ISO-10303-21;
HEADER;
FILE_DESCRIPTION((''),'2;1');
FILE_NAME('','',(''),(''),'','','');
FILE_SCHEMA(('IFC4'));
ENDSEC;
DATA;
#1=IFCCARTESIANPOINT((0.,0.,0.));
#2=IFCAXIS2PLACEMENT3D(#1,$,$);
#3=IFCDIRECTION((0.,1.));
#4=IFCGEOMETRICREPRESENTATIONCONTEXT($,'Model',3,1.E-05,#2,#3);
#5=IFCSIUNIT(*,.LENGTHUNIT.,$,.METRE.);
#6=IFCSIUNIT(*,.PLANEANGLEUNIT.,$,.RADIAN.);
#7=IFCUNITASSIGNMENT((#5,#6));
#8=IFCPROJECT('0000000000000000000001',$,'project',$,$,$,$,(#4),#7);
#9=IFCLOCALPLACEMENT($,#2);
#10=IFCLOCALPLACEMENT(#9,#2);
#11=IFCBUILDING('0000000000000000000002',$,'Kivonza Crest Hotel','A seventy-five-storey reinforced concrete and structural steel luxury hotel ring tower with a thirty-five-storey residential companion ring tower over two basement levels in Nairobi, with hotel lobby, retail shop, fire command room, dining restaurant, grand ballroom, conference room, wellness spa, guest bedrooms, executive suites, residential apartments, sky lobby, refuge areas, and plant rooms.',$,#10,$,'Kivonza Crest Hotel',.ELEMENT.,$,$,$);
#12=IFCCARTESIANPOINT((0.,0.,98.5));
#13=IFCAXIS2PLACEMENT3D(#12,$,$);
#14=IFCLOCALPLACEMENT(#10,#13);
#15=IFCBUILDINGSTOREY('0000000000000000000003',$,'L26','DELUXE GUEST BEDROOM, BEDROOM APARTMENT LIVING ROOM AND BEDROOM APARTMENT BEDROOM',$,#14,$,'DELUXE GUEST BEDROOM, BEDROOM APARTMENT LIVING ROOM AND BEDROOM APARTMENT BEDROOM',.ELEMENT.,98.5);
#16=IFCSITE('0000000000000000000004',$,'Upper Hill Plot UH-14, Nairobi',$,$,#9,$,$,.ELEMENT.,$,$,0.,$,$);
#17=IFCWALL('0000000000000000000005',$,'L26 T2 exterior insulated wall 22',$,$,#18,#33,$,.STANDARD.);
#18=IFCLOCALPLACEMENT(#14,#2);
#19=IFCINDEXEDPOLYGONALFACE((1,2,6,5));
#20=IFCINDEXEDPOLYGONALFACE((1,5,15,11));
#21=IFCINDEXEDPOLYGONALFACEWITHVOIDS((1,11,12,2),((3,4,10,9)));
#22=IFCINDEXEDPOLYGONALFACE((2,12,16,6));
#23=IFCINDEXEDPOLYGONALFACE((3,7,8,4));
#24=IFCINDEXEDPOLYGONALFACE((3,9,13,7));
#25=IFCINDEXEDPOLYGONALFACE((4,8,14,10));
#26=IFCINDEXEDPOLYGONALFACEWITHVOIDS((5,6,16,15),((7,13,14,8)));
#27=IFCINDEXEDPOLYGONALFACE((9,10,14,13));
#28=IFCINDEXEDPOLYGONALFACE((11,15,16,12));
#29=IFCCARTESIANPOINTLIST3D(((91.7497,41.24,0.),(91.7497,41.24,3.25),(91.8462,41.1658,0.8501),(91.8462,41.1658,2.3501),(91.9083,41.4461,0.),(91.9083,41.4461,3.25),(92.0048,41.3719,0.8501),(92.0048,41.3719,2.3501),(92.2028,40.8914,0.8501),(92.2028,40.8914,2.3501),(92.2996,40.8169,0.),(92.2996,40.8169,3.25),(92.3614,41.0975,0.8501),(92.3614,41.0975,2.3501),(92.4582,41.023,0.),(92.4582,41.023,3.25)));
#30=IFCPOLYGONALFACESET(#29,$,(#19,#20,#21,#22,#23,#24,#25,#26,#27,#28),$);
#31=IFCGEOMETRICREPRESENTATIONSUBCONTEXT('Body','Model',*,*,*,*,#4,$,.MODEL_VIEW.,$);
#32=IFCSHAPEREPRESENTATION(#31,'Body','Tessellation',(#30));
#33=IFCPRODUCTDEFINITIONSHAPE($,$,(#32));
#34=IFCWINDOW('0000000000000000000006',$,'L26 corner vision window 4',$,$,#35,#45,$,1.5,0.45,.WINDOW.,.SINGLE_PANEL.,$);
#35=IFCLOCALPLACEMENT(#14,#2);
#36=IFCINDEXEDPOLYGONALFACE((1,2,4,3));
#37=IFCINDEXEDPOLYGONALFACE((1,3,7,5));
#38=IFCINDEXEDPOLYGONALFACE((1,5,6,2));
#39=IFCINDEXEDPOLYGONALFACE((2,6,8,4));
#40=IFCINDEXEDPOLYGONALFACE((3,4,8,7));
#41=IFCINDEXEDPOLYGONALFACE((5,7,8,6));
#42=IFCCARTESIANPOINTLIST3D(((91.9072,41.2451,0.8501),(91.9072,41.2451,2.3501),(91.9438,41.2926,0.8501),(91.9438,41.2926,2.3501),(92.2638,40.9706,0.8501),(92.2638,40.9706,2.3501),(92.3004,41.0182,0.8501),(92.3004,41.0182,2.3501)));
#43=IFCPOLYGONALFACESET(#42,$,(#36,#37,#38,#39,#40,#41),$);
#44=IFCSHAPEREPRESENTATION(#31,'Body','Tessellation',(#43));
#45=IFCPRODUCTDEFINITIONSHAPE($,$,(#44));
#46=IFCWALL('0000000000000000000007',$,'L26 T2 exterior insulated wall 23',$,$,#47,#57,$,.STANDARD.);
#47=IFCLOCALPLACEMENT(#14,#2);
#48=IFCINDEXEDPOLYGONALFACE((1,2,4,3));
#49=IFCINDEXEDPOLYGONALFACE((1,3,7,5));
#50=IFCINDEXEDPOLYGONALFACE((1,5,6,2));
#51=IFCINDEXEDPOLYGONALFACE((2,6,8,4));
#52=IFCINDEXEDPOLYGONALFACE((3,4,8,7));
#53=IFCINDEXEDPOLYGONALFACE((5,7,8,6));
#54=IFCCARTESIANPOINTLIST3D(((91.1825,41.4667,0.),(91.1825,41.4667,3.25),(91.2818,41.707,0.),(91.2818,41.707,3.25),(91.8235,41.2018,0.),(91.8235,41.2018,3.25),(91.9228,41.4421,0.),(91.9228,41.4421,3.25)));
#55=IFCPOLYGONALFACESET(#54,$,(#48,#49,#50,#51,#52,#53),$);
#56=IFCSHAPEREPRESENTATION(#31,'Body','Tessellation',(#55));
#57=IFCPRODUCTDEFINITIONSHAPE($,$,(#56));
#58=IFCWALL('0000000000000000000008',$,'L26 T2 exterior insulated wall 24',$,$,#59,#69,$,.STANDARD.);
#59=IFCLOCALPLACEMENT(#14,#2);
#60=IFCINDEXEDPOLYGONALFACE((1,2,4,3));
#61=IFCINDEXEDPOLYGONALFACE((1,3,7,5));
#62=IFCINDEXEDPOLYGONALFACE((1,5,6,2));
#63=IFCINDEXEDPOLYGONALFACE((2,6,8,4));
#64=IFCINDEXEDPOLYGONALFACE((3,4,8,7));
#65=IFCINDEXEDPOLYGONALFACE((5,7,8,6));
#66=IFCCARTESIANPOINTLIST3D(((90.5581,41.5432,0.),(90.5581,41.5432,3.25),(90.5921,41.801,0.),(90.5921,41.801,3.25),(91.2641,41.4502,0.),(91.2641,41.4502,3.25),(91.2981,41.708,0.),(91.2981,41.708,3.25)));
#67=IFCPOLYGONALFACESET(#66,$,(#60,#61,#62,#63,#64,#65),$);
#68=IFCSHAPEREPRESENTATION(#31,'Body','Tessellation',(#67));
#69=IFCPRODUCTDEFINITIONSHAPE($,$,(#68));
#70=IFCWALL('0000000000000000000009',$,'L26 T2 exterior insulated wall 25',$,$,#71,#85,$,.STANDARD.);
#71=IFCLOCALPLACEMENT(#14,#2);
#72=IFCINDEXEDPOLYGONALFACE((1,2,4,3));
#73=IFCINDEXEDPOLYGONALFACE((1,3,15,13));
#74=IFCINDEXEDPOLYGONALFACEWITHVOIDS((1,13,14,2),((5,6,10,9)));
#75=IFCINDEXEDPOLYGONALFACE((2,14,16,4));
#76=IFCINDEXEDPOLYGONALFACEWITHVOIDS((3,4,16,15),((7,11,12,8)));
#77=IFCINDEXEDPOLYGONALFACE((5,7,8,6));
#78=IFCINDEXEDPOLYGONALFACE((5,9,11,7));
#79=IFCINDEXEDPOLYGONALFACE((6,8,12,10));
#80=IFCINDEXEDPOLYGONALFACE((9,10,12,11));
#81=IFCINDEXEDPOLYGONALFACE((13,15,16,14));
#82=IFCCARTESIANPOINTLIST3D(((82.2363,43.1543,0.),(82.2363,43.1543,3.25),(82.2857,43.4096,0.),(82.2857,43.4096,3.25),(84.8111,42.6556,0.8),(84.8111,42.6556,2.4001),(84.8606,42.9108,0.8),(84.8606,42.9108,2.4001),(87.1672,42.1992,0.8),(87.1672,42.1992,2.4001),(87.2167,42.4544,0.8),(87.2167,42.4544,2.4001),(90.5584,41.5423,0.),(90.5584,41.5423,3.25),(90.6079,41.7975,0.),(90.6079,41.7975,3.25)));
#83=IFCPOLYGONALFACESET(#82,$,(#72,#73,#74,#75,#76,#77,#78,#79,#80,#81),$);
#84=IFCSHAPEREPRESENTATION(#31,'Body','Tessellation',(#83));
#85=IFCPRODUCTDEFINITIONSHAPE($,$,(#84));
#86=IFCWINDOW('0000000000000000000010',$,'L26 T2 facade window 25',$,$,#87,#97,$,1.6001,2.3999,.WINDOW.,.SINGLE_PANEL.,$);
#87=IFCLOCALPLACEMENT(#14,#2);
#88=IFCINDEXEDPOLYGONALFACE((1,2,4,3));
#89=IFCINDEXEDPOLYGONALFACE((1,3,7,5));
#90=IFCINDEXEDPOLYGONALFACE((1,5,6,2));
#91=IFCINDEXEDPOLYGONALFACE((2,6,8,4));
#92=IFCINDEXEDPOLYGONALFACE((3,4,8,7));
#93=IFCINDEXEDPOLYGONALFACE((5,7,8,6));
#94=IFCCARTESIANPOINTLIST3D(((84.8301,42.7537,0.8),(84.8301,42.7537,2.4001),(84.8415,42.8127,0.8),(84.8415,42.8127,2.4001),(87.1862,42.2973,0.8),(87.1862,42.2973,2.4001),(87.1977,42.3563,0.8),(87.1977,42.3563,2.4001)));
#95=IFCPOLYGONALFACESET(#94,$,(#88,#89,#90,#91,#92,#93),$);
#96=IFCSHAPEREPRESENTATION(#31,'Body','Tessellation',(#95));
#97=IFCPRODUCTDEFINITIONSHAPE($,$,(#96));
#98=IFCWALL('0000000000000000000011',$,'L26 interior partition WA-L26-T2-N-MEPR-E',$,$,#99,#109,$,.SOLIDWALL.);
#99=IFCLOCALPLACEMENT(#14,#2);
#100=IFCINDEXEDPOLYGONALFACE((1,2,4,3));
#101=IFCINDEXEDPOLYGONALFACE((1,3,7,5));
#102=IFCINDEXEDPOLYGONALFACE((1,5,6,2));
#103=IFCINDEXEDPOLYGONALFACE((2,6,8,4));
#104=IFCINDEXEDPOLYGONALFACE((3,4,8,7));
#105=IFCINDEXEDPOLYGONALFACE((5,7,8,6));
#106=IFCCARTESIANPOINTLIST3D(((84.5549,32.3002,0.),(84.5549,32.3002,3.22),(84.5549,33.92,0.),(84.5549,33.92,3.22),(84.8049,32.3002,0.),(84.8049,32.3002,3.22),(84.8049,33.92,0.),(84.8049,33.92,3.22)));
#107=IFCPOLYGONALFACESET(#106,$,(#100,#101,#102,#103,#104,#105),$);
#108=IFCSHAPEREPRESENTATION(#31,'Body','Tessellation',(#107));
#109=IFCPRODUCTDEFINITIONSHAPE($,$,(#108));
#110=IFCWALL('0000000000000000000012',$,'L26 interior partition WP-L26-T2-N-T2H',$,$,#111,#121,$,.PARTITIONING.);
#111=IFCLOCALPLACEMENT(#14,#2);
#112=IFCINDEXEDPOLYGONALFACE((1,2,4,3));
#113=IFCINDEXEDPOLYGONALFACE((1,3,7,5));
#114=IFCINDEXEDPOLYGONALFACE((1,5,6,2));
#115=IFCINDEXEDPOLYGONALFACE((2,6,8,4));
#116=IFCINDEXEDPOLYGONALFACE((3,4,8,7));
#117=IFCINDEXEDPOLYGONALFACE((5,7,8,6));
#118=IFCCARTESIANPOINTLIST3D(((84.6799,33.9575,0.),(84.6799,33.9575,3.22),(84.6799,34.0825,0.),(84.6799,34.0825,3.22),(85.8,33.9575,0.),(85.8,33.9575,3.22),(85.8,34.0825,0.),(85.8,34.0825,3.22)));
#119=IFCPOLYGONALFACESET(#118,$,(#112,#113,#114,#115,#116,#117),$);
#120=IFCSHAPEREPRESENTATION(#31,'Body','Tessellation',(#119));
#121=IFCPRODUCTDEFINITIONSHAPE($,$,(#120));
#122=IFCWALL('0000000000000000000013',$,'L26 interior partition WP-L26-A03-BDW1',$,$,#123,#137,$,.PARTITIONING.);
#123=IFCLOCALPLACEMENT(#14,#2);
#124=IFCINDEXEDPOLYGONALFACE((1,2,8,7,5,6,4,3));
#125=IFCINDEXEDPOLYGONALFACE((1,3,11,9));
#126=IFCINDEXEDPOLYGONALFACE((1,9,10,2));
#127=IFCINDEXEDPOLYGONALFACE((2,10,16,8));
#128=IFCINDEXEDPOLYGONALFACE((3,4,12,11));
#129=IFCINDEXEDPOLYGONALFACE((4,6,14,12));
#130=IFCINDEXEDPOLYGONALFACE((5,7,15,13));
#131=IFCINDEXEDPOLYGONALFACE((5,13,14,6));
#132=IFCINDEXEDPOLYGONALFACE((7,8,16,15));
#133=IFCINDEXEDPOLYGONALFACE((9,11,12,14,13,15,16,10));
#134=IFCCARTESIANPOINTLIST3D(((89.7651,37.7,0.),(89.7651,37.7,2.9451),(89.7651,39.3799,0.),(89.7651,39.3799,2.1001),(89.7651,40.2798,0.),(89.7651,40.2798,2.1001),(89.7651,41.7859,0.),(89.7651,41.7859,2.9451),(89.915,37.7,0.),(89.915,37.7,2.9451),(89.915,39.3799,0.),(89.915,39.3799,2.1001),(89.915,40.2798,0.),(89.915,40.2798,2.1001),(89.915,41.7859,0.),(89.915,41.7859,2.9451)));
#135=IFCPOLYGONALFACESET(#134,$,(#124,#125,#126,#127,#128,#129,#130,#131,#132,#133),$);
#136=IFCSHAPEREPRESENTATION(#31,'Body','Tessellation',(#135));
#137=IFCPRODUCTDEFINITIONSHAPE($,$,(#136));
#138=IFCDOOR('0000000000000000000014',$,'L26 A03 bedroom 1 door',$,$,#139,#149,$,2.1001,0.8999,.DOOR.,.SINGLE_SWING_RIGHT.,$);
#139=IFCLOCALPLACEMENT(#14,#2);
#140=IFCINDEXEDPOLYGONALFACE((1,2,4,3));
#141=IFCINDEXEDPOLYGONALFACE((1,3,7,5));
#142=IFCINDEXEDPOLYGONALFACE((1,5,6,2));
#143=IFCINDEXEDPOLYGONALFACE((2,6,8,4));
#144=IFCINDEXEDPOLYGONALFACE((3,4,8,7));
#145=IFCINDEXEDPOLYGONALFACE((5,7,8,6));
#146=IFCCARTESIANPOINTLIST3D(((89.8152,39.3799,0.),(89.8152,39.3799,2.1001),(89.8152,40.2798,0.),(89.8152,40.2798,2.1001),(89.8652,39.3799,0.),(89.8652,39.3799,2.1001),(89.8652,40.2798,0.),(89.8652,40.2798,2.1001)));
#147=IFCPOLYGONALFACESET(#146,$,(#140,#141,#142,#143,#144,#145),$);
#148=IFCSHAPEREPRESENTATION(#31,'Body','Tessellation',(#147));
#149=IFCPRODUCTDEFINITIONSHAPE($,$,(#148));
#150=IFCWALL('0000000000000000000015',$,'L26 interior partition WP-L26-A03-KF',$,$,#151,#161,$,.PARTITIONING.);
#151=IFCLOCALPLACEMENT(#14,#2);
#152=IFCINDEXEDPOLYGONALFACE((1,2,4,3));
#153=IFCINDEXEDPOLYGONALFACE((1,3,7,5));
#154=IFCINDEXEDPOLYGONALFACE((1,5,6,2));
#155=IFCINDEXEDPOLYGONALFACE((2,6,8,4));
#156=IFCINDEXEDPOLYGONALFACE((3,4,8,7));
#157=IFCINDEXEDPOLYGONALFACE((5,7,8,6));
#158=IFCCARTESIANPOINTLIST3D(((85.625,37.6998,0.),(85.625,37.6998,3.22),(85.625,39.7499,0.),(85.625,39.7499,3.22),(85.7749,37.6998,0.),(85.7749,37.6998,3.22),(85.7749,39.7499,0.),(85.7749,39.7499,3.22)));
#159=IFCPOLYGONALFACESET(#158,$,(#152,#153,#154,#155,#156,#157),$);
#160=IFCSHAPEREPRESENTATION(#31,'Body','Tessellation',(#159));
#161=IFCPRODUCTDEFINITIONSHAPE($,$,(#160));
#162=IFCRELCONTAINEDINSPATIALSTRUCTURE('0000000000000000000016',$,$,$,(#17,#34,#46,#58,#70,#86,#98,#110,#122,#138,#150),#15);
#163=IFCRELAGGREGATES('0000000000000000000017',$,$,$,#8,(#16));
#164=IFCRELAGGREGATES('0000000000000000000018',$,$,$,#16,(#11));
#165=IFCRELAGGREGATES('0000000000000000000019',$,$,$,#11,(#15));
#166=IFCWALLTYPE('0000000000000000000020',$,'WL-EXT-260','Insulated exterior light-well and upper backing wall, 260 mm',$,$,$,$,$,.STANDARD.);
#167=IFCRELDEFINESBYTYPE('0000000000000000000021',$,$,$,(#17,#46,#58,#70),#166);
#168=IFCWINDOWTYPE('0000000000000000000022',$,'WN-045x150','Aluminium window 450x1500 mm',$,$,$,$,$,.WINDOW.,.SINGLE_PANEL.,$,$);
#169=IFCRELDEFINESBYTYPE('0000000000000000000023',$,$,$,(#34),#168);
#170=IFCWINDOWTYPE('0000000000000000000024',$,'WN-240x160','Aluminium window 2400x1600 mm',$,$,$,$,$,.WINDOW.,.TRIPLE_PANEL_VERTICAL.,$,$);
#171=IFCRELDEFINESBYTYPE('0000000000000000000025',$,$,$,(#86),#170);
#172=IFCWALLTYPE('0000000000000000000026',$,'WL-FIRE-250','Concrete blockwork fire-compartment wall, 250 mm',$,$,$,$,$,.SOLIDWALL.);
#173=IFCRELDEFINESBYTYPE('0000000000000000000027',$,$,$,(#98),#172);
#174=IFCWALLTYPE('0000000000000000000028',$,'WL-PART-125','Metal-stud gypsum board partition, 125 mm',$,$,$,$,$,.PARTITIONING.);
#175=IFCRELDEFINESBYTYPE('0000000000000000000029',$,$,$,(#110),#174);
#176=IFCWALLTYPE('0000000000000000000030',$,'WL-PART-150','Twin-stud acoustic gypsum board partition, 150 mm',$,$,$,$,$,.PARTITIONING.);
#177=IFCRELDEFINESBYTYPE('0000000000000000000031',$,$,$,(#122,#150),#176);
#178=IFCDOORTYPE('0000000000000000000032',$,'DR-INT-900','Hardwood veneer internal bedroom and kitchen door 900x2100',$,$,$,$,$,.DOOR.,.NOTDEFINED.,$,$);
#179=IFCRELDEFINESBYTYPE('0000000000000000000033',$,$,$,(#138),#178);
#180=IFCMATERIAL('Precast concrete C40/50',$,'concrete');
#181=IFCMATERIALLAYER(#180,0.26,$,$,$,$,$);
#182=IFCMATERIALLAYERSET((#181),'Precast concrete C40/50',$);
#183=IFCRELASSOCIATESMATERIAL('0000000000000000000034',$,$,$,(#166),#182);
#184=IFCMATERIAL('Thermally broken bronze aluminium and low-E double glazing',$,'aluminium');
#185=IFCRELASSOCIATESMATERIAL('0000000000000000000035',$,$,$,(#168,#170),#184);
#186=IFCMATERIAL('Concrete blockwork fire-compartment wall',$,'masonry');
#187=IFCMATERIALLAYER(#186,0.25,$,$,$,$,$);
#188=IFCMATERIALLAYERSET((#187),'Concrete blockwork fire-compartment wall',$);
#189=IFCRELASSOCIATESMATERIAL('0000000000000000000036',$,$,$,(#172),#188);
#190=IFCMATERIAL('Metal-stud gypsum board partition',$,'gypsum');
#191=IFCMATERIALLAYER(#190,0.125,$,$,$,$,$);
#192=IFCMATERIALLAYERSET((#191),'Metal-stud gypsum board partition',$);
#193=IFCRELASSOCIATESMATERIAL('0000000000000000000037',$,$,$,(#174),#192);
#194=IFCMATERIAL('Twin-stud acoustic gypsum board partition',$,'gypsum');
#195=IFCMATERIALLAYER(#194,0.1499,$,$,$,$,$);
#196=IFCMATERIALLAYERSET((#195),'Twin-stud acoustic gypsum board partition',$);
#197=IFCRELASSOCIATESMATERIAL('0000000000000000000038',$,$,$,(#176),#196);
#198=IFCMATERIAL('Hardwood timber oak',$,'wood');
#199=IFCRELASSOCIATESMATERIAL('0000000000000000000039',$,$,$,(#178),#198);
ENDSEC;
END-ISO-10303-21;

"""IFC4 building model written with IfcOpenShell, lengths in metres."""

from ifc_helpers import new_model, si_unit, direction, frame, frame_2d, origin, place, context, subcontext, project, spatial, rectangle, extrude, material, layer, layer_set, type_object, element, fill, save


model = new_model("IFC4")

# Units and contexts
model_context = context("Model", 3, precision=1e-05, world=origin(), true_north=direction((0.0, 1.0)))
body_context = subcontext(model_context, "Body", "Model", "MODEL_VIEW")
ifc_project = project(units=[si_unit("LENGTHUNIT", "METRE"), si_unit("PLANEANGLEUNIT", "RADIAN")], contexts=[model_context])

# Site, building, storey
site_placement = place(None, origin())
site = spatial("IfcSite", under=ifc_project, at=site_placement, Name="Upper Hill Plot UH-14, Nairobi", CompositionType="ELEMENT", RefElevation=0.0)
building_placement = place(site_placement, origin())
building = spatial("IfcBuilding", under=site, at=building_placement, Name="Kivonza Crest Hotel", Description="A seventy-five-storey reinforced concrete and structural steel luxury hotel ring tower with a thirty-five-storey residential companion ring tower over two basement levels in Nairobi, with hotel lobby, retail shop, fire command room, dining restaurant, grand ballroom, conference room, wellness spa, guest bedrooms, executive suites, residential apartments, sky lobby, refuge areas, and plant rooms.", LongName="Kivonza Crest Hotel", CompositionType="ELEMENT")
storey_placement = place(building_placement, frame((0.0, 0.0, 98.5)))
storey = spatial("IfcBuildingStorey", under=building, at=storey_placement, Name="L26", Description="DELUXE GUEST BEDROOM, BEDROOM APARTMENT LIVING ROOM AND BEDROOM APARTMENT BEDROOM", LongName="DELUXE GUEST BEDROOM, BEDROOM APARTMENT LIVING ROOM AND BEDROOM APARTMENT BEDROOM", CompositionType="ELEMENT", Elevation=98.5)

# Shared definitions
ifc_material_1 = material(Name="Hardwood timber oak", Category="wood")

# Shared definitions
ifc_material_2 = material(Name="Precast concrete C40/50", Category="concrete")
ifc_layer_1 = layer(ifc_material_2, 0.26)
ifc_layer_set_1 = layer_set([ifc_layer_1], Name="Precast concrete C40/50")
wall_type_1 = type_object("IfcWallType", Name="WL-EXT-260", Description="Insulated exterior light-well and upper backing wall, 260 mm", PredefinedType="STANDARD", material=ifc_layer_set_1)

# Wall, opening, window
wall_1_placement = place(storey_placement, frame((92.3789, 40.9199, 0.0), z_axis=(0.0, 0.0, 1.0), x_axis=(-0.792506, 0.609864, 0.0)))
wall_1 = element("IfcWall", 1, at=wall_1_placement, inside=storey, type_object=wall_type_1, Name="L26 T2 exterior insulated wall 22", PredefinedType="STANDARD", context=body_context, shape_type="SweptSolid", body=[
    extrude(rectangle(XDim=0.6938, YDim=0.26, at=frame_2d((0.3469, 0.0))), origin(), (0.0, 0.0, 1.0), 3.25),
])
opening_1_placement = place(wall_1_placement, frame((0.1221, 0.0, 0.8501)))
opening_1 = element("IfcOpeningElement", 2, at=opening_1_placement, cuts=wall_1, PredefinedType="OPENING", context=body_context, shape_type="SweptSolid", body=[
    extrude(rectangle(XDim=0.45, YDim=1.5, at=frame_2d((0.2251, 0.75))), frame((0.0, 0.1401, 0.0), z_axis=(0.0, -1.0, 0.0), x_axis=(1.0, 0.0, 0.0)), (0.0, 0.0, 1.0), 0.28),
])
ifc_material_3 = material(Name="Thermally broken bronze aluminium and low-E double glazing", Category="aluminium")
window_type_1 = type_object("IfcWindowType", Name="WN-045x150", Description="Aluminium window 450x1500 mm", PartitioningType="SINGLE_PANEL", PredefinedType="WINDOW", material=ifc_material_3)
window_1_placement = place(opening_1_placement, origin())
window_1 = element("IfcWindow", 3, at=window_1_placement, inside=storey, type_object=window_type_1, Name="L26 corner vision window 4", OverallHeight=1.5, OverallWidth=0.45, PartitioningType="SINGLE_PANEL", PredefinedType="WINDOW", context=body_context, shape_type="SweptSolid", body=[
    extrude(rectangle(XDim=0.45, YDim=1.5, at=frame_2d((0.2251, 0.75))), frame((0.0, 0.03, 0.0), z_axis=(0.0, -1.0, 0.0), x_axis=(1.0, 0.0, 0.0)), (0.0, 0.0, 1.0), 0.0601),
])
fill(opening_1, window_1)

# Walls
wall_2_placement = place(storey_placement, frame((91.873, 41.322, 0.0), z_axis=(0.0, 0.0, 1.0), x_axis=(-0.924218, 0.381865, 0.0)))
element("IfcWall", 4, at=wall_2_placement, inside=storey, type_object=wall_type_1, Name="L26 T2 exterior insulated wall 23", PredefinedType="STANDARD", context=body_context, shape_type="SweptSolid", body=[
    extrude(rectangle(XDim=0.6936, YDim=0.26, at=frame_2d((0.3467, 0.0))), origin(), (0.0, 0.0, 1.0), 3.25),
])
wall_3_placement = place(storey_placement, frame((91.281, 41.5791, 0.0), z_axis=(0.0, 0.0, 1.0), x_axis=(-0.991433, 0.130614, 0.0)))
element("IfcWall", 5, at=wall_3_placement, inside=storey, type_object=wall_type_1, Name="L26 T2 exterior insulated wall 24", PredefinedType="STANDARD", context=body_context, shape_type="SweptSolid", body=[
    extrude(rectangle(XDim=0.7122, YDim=0.26, at=frame_2d((0.356, 0.0))), origin(), (0.0, 0.0, 1.0), 3.25),
])

# Wall, opening, window
wall_4_placement = place(storey_placement, frame((90.583, 41.6699, 0.0), z_axis=(0.0, 0.0, 1.0), x_axis=(-0.98175, 0.190175, 0.0)))
wall_4 = element("IfcWall", 6, at=wall_4_placement, inside=storey, type_object=wall_type_1, Name="L26 T2 exterior insulated wall 25", PredefinedType="STANDARD", context=body_context, shape_type="SweptSolid", body=[
    extrude(rectangle(XDim=8.4768, YDim=0.26, at=frame_2d((4.2383, 0.0))), origin(), (0.0, 0.0, 1.0), 3.25),
])
opening_2_placement = place(wall_4_placement, frame((3.4541, 0.0, 0.8)))
opening_2 = element("IfcOpeningElement", 7, at=opening_2_placement, cuts=wall_4, PredefinedType="OPENING", context=body_context, shape_type="SweptSolid", body=[
    extrude(rectangle(XDim=2.3999, YDim=1.6001, at=frame_2d((1.2, 0.8))), frame((0.0, 0.1401, 0.0), z_axis=(0.0, -1.0, 0.0), x_axis=(1.0, 0.0, 0.0)), (0.0, 0.0, 1.0), 0.28),
])
window_type_2 = type_object("IfcWindowType", Name="WN-240x160", Description="Aluminium window 2400x1600 mm", PartitioningType="TRIPLE_PANEL_VERTICAL", PredefinedType="WINDOW", material=ifc_material_3)
window_2_placement = place(opening_2_placement, origin())
window_2 = element("IfcWindow", 8, at=window_2_placement, inside=storey, type_object=window_type_2, Name="L26 T2 facade window 25", OverallHeight=1.6001, OverallWidth=2.3999, PartitioningType="SINGLE_PANEL", PredefinedType="WINDOW", context=body_context, shape_type="SweptSolid", body=[
    extrude(rectangle(XDim=2.3999, YDim=1.6001, at=frame_2d((1.2, 0.8))), frame((0.0, 0.03, 0.0), z_axis=(0.0, -1.0, 0.0), x_axis=(1.0, 0.0, 0.0)), (0.0, 0.0, 1.0), 0.0601),
])
fill(opening_2, window_2)

# Walls
ifc_material_4 = material(Name="Concrete blockwork fire-compartment wall", Category="masonry")
ifc_layer_2 = layer(ifc_material_4, 0.25)
ifc_layer_set_2 = layer_set([ifc_layer_2], Name="Concrete blockwork fire-compartment wall")
wall_type_2 = type_object("IfcWallType", Name="WL-FIRE-250", Description="Concrete blockwork fire-compartment wall, 250 mm", PredefinedType="SOLIDWALL", material=ifc_layer_set_2)
wall_5_placement = place(storey_placement, frame((84.6799, 32.3, 0.0), z_axis=(0.0, 0.0, 1.0), x_axis=(0.0, 1.0, 0.0)))
element("IfcWall", 9, at=wall_5_placement, inside=storey, type_object=wall_type_2, Name="L26 interior partition WA-L26-T2-N-MEPR-E", PredefinedType="SOLIDWALL", context=body_context, shape_type="SweptSolid", body=[
    extrude(rectangle(XDim=1.6199, YDim=0.25, at=frame_2d((0.8101, 0.0))), origin(), (0.0, 0.0, 1.0), 3.22),
])
ifc_material_5 = material(Name="Metal-stud gypsum board partition", Category="gypsum")
ifc_layer_3 = layer(ifc_material_5, 0.125)
ifc_layer_set_3 = layer_set([ifc_layer_3], Name="Metal-stud gypsum board partition")
wall_type_3 = type_object("IfcWallType", Name="WL-PART-125", Description="Metal-stud gypsum board partition, 125 mm", PredefinedType="PARTITIONING", material=ifc_layer_set_3)
wall_6_placement = place(storey_placement, frame((84.6799, 34.02, 0.0), z_axis=(0.0, 0.0, 1.0), x_axis=(1.0, 0.0, 0.0)))
element("IfcWall", 10, at=wall_6_placement, inside=storey, type_object=wall_type_3, Name="L26 interior partition WP-L26-T2-N-T2H", PredefinedType="PARTITIONING", context=body_context, shape_type="SweptSolid", body=[
    extrude(rectangle(XDim=1.1201, YDim=0.125, at=frame_2d((0.5601, 0.0))), origin(), (0.0, 0.0, 1.0), 3.22),
])

# Wall, opening, door
ifc_material_6 = material(Name="Twin-stud acoustic gypsum board partition", Category="gypsum")
ifc_layer_4 = layer(ifc_material_6, 0.1499)
ifc_layer_set_4 = layer_set([ifc_layer_4], Name="Twin-stud acoustic gypsum board partition")
wall_type_4 = type_object("IfcWallType", Name="WL-PART-150", Description="Twin-stud acoustic gypsum board partition, 150 mm", PredefinedType="PARTITIONING", material=ifc_layer_set_4)
wall_7_placement = place(storey_placement, frame((89.8401, 37.7, 0.0), z_axis=(0.0, 0.0, 1.0), x_axis=(0.0, 1.0, 0.0)))
wall_7 = element("IfcWall", 11, at=wall_7_placement, inside=storey, type_object=wall_type_4, Name="L26 interior partition WP-L26-A03-BDW1", PredefinedType="PARTITIONING", context=body_context, shape_type="SweptSolid", body=[
    extrude(rectangle(XDim=4.0859, YDim=0.1499, at=frame_2d((2.043, 0.0))), origin(), (0.0, 0.0, 1.0), 2.9451),
])
opening_3_placement = place(wall_7_placement, frame((1.6799, 0.0, 0.0)))
opening_3 = element("IfcOpeningElement", 12, at=opening_3_placement, cuts=wall_7, PredefinedType="OPENING", context=body_context, shape_type="SweptSolid", body=[
    extrude(rectangle(XDim=0.8999, YDim=2.1001, at=frame_2d((0.45, 1.05))), frame((0.0, 0.085, 0.0), z_axis=(0.0, -1.0, 0.0), x_axis=(1.0, 0.0, 0.0)), (0.0, 0.0, 1.0), 0.1699),
])
door_type_1 = type_object("IfcDoorType", Name="DR-INT-900", Description="Hardwood veneer internal bedroom and kitchen door 900x2100", OperationType="NOTDEFINED", PredefinedType="DOOR", material=ifc_material_1)
door_1_placement = place(opening_3_placement, origin())
door_1 = element("IfcDoor", 13, at=door_1_placement, inside=storey, type_object=door_type_1, Name="L26 A03 bedroom 1 door", OperationType="SINGLE_SWING_RIGHT", OverallHeight=2.1001, OverallWidth=0.8999, PredefinedType="DOOR", context=body_context, shape_type="SweptSolid", body=[
    extrude(rectangle(XDim=0.8999, YDim=2.1001, at=frame_2d((0.45, 1.05))), frame((0.0, 0.0249, 0.0), z_axis=(0.0, -1.0, 0.0), x_axis=(1.0, 0.0, 0.0)), (0.0, 0.0, 1.0), 0.05),
])
fill(opening_3, door_1)

# Wall
wall_8_placement = place(storey_placement, frame((85.7, 37.7, 0.0), z_axis=(0.0, 0.0, 1.0), x_axis=(0.0, 1.0, 0.0)))
element("IfcWall", 14, at=wall_8_placement, inside=storey, type_object=wall_type_4, Name="L26 interior partition WP-L26-A03-KF", PredefinedType="PARTITIONING", context=body_context, shape_type="SweptSolid", body=[
    extrude(rectangle(XDim=2.05, YDim=0.1499, at=frame_2d((1.0249, 0.0))), origin(), (0.0, 0.0, 1.0), 3.22),
])

save(model, "model.ifc")
